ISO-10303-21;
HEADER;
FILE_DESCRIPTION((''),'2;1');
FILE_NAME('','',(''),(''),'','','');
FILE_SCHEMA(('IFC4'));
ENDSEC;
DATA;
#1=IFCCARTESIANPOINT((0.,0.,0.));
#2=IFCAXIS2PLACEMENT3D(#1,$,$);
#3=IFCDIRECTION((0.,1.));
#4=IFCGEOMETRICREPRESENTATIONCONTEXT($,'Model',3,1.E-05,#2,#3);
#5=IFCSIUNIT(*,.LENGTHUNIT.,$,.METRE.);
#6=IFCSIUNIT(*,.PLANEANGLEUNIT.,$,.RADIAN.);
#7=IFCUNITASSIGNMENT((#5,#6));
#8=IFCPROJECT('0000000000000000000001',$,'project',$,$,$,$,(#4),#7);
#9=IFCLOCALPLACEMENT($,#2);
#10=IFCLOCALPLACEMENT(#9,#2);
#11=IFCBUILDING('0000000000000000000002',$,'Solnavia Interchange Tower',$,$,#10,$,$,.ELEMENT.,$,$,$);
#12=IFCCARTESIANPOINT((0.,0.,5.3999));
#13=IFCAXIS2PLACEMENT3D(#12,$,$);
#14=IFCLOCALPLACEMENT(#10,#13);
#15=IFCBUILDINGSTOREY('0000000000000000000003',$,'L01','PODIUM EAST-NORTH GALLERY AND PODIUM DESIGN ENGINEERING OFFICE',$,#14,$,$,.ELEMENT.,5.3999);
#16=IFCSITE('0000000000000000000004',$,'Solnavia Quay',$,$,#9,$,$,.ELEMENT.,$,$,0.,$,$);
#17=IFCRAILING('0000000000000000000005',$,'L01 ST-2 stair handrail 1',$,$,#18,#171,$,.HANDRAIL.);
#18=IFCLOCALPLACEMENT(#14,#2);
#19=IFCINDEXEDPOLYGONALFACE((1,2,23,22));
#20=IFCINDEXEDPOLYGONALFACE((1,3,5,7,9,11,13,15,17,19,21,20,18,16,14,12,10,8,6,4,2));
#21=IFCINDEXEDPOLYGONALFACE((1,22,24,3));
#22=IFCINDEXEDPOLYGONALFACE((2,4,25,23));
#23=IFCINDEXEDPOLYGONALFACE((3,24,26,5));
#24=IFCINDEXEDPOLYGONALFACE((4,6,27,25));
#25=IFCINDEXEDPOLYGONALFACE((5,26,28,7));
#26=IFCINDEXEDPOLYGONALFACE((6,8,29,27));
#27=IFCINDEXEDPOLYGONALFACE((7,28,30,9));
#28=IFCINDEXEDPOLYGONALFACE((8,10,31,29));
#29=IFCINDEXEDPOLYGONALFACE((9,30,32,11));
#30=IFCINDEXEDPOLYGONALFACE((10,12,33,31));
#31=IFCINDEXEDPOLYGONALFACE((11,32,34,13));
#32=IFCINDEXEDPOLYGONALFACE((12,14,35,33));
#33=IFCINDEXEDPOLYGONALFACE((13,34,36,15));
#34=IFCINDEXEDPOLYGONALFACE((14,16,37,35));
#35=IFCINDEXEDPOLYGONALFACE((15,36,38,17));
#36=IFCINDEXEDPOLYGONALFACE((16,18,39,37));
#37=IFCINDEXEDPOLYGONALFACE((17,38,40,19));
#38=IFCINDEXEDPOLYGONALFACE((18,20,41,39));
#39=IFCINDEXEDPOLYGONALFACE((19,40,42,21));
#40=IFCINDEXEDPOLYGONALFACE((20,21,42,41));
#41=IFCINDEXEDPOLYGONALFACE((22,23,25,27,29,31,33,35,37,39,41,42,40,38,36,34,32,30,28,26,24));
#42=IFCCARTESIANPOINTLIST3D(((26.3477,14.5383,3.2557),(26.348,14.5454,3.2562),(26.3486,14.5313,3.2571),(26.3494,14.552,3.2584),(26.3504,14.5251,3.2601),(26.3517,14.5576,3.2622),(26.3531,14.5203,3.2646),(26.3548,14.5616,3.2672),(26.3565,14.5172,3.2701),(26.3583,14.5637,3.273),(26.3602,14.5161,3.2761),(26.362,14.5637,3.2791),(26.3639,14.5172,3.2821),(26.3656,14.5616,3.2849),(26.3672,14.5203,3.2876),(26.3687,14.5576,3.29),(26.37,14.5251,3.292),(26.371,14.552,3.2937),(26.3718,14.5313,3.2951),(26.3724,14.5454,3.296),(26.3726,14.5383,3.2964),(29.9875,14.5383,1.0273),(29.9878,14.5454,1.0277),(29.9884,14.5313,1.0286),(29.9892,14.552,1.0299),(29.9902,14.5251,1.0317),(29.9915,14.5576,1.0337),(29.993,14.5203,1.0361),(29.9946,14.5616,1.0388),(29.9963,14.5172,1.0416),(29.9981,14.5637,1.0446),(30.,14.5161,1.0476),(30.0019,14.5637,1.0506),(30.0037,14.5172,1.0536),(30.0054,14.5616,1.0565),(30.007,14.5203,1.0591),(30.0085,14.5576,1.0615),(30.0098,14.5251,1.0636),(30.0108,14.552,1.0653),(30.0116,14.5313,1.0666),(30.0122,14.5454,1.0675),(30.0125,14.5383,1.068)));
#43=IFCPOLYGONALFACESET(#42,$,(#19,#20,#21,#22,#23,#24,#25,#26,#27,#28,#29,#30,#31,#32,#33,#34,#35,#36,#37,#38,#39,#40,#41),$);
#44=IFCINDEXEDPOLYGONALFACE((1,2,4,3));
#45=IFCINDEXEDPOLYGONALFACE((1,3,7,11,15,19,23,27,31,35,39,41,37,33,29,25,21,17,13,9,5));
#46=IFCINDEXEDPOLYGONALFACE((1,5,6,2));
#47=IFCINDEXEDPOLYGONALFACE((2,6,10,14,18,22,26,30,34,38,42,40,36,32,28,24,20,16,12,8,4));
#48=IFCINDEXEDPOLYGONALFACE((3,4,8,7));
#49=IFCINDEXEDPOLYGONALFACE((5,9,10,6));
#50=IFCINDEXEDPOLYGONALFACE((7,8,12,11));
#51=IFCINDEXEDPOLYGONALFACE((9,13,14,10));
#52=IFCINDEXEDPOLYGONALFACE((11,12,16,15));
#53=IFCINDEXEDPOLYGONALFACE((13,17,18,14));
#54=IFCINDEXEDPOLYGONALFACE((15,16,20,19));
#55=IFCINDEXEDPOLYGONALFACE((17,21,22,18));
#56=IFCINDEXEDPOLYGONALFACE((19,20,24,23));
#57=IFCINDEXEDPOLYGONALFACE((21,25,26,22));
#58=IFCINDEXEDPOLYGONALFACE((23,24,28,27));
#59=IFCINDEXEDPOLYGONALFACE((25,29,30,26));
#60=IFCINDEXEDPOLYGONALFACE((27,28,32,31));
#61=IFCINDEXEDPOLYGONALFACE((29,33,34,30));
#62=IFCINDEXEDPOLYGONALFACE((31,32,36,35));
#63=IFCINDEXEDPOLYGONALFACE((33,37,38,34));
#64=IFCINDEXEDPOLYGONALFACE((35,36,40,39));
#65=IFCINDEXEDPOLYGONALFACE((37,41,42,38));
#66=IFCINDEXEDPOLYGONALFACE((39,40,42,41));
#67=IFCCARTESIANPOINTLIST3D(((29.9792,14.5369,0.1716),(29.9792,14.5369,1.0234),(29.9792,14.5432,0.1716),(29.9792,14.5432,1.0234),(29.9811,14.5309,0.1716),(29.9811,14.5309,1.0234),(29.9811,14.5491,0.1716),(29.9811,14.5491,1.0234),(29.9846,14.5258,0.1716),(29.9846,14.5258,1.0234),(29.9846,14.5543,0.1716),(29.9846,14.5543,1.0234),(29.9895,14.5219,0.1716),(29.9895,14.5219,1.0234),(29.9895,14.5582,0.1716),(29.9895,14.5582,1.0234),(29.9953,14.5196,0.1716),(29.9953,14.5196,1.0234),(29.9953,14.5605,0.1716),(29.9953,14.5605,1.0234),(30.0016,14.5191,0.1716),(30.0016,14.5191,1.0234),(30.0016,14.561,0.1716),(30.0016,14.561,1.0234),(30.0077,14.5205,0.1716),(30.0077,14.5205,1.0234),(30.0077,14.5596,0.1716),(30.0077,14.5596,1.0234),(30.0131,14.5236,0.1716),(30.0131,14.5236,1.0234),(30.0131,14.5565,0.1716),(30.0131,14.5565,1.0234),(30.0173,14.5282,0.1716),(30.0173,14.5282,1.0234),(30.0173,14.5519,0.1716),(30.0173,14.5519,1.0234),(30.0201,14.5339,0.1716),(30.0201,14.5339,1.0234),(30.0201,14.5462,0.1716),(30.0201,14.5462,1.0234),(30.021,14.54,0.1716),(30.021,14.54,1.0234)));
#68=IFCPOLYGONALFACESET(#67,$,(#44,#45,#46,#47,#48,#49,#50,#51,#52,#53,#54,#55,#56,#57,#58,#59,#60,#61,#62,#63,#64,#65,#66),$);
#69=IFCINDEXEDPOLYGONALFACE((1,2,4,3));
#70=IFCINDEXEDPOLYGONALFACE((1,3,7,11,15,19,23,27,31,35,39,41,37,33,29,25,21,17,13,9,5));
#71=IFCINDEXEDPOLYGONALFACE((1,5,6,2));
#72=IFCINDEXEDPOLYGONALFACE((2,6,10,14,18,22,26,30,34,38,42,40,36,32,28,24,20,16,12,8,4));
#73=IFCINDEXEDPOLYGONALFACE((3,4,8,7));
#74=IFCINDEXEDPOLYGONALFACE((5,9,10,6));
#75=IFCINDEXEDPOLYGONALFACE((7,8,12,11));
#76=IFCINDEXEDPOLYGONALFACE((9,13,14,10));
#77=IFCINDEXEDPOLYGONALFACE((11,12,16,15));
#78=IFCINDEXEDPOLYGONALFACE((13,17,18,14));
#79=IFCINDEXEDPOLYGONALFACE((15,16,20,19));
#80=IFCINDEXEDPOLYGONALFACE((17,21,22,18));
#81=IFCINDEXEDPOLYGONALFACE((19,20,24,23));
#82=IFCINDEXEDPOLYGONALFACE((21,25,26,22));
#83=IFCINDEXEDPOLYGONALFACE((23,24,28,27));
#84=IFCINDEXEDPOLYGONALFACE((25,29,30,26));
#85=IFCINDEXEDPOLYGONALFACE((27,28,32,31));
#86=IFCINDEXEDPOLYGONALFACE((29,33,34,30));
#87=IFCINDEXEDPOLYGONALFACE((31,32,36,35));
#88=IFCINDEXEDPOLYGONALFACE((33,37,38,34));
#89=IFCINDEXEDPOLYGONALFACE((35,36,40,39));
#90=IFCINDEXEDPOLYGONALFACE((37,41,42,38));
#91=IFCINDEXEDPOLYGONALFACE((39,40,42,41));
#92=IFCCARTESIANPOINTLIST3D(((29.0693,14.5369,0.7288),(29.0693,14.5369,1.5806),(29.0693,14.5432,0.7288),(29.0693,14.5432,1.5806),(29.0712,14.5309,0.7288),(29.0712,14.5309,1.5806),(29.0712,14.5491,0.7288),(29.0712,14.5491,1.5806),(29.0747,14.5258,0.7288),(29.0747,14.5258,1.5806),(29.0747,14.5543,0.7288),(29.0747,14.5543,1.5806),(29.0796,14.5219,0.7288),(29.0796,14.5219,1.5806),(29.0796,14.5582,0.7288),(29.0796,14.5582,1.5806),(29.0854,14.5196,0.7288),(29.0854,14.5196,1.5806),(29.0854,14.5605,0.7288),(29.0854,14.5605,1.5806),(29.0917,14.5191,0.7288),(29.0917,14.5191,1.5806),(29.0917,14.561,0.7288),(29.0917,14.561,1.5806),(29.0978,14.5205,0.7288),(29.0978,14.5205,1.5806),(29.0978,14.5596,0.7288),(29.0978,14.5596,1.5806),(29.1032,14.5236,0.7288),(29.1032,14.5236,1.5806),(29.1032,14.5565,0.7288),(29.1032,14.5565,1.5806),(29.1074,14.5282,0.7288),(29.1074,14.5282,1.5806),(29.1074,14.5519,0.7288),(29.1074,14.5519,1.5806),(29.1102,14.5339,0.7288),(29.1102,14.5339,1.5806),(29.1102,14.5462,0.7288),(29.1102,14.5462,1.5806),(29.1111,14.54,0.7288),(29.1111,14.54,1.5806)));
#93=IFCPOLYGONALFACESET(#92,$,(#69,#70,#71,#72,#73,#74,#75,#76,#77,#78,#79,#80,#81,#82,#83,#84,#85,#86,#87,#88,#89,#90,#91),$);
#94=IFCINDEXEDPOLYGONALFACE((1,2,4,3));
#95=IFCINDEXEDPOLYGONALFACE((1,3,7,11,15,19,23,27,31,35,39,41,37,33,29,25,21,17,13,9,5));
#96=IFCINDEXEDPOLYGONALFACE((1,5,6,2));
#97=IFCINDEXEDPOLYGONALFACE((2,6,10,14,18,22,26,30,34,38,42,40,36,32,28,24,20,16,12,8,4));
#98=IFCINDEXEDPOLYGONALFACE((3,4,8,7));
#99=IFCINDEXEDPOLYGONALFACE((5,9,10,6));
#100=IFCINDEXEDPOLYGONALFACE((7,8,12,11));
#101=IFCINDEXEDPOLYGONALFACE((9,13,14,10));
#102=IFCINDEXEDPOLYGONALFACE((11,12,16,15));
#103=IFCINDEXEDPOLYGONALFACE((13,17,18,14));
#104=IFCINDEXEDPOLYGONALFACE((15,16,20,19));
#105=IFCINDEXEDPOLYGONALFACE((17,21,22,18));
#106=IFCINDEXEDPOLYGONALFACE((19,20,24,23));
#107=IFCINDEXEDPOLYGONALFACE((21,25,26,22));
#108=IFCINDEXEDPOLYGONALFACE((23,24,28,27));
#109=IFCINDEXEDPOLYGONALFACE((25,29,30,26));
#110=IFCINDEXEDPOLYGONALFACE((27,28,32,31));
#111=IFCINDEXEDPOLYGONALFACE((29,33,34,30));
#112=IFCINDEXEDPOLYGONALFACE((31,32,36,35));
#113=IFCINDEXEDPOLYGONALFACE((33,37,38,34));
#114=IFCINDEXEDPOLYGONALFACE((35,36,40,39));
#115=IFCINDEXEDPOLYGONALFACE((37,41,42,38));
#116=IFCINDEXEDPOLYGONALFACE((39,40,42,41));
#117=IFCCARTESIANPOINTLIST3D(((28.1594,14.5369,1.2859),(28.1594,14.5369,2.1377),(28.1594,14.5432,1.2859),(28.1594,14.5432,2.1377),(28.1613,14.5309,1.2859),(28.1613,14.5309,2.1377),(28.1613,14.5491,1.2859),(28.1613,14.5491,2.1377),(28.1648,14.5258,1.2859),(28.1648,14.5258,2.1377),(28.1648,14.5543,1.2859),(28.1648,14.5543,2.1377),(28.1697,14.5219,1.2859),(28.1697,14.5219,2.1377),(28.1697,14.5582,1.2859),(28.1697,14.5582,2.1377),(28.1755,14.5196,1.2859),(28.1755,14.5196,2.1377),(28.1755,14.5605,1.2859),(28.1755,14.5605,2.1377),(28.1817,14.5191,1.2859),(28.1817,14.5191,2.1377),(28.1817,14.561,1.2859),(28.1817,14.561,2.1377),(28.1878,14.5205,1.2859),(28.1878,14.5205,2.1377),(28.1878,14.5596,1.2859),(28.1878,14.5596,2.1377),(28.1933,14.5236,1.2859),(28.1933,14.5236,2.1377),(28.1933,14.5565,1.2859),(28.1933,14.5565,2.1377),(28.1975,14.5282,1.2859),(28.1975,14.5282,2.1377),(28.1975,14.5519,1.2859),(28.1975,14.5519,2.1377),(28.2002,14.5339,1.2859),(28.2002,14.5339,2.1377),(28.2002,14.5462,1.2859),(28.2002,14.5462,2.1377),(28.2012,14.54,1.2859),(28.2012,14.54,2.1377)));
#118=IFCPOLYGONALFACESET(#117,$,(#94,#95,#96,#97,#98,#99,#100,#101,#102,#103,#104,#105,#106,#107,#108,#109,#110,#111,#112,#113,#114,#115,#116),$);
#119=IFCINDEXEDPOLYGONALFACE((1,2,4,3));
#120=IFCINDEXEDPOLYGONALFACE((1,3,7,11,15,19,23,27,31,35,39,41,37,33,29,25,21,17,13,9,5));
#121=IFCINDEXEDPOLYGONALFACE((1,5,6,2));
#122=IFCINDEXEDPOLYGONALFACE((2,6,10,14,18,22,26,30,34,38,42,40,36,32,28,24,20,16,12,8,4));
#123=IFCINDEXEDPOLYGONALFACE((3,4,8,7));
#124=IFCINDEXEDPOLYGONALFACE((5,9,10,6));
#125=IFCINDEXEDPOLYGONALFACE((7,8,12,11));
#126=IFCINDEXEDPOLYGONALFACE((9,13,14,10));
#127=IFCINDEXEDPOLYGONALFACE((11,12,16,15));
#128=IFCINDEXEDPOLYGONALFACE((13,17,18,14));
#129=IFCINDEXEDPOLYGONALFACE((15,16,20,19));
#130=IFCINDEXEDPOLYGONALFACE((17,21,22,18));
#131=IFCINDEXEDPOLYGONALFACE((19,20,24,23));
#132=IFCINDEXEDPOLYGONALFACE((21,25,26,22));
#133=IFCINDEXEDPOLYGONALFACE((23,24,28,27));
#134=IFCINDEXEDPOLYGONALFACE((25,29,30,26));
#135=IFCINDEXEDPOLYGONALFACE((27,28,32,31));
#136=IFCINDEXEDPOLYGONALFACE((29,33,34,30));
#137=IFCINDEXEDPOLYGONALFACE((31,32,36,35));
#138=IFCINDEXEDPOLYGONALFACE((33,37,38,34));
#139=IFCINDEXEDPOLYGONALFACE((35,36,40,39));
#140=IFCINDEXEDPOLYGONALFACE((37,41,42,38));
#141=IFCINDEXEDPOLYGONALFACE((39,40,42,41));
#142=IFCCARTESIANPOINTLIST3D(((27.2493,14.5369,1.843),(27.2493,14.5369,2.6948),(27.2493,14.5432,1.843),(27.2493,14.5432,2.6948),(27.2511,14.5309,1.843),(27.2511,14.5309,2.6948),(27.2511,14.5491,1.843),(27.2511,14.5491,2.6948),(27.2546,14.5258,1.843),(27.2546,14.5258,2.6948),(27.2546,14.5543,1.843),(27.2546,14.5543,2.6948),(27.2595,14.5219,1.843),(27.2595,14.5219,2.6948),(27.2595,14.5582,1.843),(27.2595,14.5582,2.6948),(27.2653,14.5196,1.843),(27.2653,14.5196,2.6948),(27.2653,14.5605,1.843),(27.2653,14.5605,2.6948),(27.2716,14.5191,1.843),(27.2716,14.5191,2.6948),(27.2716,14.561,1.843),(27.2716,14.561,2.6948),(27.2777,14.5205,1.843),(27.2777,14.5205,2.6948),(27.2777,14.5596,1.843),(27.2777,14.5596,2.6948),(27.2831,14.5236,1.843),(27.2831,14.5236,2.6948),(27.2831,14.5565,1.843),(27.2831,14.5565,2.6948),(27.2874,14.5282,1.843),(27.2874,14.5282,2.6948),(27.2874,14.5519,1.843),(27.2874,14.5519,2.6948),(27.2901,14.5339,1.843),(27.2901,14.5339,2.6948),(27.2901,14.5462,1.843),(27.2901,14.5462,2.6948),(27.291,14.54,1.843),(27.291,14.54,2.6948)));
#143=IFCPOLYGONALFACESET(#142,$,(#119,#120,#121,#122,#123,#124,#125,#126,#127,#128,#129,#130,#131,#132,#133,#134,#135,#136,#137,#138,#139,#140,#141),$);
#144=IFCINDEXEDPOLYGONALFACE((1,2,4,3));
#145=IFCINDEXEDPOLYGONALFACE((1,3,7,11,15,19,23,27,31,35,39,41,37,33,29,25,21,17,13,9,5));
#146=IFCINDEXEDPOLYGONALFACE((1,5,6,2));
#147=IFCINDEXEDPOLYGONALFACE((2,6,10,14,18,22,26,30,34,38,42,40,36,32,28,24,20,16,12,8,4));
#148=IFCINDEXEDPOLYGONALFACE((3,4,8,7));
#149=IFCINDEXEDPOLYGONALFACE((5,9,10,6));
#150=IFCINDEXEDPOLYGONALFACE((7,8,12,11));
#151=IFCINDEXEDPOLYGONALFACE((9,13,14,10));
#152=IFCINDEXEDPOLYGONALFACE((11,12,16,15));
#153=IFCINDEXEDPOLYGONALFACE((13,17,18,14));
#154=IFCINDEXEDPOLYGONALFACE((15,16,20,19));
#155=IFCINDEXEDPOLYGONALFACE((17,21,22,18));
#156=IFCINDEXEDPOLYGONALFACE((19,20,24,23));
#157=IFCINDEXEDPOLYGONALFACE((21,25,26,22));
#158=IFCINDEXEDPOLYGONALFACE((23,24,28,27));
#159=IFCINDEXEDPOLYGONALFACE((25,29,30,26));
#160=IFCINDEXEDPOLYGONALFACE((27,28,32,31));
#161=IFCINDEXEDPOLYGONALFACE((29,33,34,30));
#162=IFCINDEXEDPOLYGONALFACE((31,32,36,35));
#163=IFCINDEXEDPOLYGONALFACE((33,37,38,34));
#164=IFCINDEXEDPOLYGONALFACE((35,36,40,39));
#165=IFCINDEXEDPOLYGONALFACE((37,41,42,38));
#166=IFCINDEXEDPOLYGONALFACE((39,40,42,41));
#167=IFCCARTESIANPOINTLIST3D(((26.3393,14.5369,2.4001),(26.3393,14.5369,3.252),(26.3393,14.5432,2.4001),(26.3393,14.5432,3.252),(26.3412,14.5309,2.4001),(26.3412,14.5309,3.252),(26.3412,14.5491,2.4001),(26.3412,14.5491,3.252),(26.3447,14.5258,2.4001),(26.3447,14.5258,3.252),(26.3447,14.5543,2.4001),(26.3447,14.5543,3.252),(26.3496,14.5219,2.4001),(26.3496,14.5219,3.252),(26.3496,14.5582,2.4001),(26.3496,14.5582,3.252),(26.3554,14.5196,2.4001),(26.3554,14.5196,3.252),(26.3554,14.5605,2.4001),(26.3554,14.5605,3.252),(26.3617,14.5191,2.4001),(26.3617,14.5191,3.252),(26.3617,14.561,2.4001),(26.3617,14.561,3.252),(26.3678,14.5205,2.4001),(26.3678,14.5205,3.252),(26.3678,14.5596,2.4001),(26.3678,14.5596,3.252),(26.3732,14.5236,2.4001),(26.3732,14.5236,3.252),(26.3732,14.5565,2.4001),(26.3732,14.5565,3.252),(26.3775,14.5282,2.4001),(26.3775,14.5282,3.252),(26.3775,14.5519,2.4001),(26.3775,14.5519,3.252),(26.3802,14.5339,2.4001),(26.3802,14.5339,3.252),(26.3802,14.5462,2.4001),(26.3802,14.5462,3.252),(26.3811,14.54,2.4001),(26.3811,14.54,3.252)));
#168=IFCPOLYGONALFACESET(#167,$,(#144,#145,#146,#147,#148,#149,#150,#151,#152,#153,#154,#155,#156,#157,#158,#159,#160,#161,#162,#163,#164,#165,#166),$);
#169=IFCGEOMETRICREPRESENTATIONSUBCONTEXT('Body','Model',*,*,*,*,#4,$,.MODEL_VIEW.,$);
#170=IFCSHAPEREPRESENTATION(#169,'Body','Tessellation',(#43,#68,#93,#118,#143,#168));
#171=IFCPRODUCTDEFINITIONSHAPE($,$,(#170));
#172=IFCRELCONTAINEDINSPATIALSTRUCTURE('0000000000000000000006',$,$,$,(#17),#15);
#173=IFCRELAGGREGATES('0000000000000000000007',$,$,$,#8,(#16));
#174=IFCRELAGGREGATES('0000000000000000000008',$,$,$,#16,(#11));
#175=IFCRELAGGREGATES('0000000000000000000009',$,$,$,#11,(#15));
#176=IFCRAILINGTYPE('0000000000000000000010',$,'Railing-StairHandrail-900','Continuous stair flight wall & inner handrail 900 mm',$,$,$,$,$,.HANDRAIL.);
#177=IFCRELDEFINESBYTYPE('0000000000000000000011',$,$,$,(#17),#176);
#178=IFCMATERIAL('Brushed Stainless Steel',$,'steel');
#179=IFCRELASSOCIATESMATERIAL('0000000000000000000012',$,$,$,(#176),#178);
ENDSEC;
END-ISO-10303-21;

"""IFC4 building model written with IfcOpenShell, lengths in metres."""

from ifc_helpers import new_model, si_unit, direction, frame, origin, origin_2d, place, context, subcontext, project, spatial, circle, extrude, material, type_object, element, save


model = new_model("IFC4")

# Units and contexts
model_context = context("Model", 3, precision=1e-05, world=origin(), true_north=direction((0.0, 1.0)))
body_context = subcontext(model_context, "Body", "Model", "MODEL_VIEW")
ifc_project = project(units=[si_unit("LENGTHUNIT", "METRE"), si_unit("PLANEANGLEUNIT", "RADIAN")], contexts=[model_context])

# Site, building, storey
site_placement = place(None, origin())
site = spatial("IfcSite", under=ifc_project, at=site_placement, Name="Solnavia Quay", CompositionType="ELEMENT", RefElevation=0.0)
building_placement = place(site_placement, origin())
building = spatial("IfcBuilding", under=site, at=building_placement, Name="Solnavia Interchange Tower", CompositionType="ELEMENT")
storey_placement = place(building_placement, frame((0.0, 0.0, 5.3999)))
storey = spatial("IfcBuildingStorey", under=building, at=storey_placement, Name="L01", Description="PODIUM EAST-NORTH GALLERY AND PODIUM DESIGN ENGINEERING OFFICE", CompositionType="ELEMENT", Elevation=5.3999)

# Railing
ifc_material_1 = material(Name="Brushed Stainless Steel", Category="steel")
railing_type_1 = type_object("IfcRailingType", Name="Railing-StairHandrail-900", Description="Continuous stair flight wall & inner handrail 900 mm", PredefinedType="HANDRAIL", material=ifc_material_1)
railing_1_placement = place(storey_placement, frame((30.0, 14.54, 0.1716)))
element("IfcRailing", 1, at=railing_1_placement, inside=storey, type_object=railing_type_1, Name="L01 ST-2 stair handrail 1", PredefinedType="HANDRAIL", context=body_context, shape_type="SweptSolid", body=[
    extrude(circle(Radius=0.0239, at=origin_2d()), frame((0.0, 0.0, 0.876), z_axis=(-0.85285, 0.0, 0.522156), x_axis=(0.0, -1.0, 0.0)), (0.0, 0.0, 1.0), 4.2678),
    extrude(circle(Radius=0.021, at=origin_2d()), origin(), (0.0, 0.0, 1.0), 0.8518),
    extrude(circle(Radius=0.021, at=origin_2d()), frame((-0.9099, 0.0, 0.5571)), (0.0, 0.0, 1.0), 0.8518),
    extrude(circle(Radius=0.021, at=origin_2d()), frame((-1.8198, 0.0, 1.1143)), (0.0, 0.0, 1.0), 0.8518),
    extrude(circle(Radius=0.021, at=origin_2d()), frame((-2.73, 0.0, 1.6714)), (0.0, 0.0, 1.0), 0.8518),
    extrude(circle(Radius=0.021, at=origin_2d()), frame((-3.6399, 0.0, 2.2285)), (0.0, 0.0, 1.0), 0.8518),
])

save(model, "model.ifc")
